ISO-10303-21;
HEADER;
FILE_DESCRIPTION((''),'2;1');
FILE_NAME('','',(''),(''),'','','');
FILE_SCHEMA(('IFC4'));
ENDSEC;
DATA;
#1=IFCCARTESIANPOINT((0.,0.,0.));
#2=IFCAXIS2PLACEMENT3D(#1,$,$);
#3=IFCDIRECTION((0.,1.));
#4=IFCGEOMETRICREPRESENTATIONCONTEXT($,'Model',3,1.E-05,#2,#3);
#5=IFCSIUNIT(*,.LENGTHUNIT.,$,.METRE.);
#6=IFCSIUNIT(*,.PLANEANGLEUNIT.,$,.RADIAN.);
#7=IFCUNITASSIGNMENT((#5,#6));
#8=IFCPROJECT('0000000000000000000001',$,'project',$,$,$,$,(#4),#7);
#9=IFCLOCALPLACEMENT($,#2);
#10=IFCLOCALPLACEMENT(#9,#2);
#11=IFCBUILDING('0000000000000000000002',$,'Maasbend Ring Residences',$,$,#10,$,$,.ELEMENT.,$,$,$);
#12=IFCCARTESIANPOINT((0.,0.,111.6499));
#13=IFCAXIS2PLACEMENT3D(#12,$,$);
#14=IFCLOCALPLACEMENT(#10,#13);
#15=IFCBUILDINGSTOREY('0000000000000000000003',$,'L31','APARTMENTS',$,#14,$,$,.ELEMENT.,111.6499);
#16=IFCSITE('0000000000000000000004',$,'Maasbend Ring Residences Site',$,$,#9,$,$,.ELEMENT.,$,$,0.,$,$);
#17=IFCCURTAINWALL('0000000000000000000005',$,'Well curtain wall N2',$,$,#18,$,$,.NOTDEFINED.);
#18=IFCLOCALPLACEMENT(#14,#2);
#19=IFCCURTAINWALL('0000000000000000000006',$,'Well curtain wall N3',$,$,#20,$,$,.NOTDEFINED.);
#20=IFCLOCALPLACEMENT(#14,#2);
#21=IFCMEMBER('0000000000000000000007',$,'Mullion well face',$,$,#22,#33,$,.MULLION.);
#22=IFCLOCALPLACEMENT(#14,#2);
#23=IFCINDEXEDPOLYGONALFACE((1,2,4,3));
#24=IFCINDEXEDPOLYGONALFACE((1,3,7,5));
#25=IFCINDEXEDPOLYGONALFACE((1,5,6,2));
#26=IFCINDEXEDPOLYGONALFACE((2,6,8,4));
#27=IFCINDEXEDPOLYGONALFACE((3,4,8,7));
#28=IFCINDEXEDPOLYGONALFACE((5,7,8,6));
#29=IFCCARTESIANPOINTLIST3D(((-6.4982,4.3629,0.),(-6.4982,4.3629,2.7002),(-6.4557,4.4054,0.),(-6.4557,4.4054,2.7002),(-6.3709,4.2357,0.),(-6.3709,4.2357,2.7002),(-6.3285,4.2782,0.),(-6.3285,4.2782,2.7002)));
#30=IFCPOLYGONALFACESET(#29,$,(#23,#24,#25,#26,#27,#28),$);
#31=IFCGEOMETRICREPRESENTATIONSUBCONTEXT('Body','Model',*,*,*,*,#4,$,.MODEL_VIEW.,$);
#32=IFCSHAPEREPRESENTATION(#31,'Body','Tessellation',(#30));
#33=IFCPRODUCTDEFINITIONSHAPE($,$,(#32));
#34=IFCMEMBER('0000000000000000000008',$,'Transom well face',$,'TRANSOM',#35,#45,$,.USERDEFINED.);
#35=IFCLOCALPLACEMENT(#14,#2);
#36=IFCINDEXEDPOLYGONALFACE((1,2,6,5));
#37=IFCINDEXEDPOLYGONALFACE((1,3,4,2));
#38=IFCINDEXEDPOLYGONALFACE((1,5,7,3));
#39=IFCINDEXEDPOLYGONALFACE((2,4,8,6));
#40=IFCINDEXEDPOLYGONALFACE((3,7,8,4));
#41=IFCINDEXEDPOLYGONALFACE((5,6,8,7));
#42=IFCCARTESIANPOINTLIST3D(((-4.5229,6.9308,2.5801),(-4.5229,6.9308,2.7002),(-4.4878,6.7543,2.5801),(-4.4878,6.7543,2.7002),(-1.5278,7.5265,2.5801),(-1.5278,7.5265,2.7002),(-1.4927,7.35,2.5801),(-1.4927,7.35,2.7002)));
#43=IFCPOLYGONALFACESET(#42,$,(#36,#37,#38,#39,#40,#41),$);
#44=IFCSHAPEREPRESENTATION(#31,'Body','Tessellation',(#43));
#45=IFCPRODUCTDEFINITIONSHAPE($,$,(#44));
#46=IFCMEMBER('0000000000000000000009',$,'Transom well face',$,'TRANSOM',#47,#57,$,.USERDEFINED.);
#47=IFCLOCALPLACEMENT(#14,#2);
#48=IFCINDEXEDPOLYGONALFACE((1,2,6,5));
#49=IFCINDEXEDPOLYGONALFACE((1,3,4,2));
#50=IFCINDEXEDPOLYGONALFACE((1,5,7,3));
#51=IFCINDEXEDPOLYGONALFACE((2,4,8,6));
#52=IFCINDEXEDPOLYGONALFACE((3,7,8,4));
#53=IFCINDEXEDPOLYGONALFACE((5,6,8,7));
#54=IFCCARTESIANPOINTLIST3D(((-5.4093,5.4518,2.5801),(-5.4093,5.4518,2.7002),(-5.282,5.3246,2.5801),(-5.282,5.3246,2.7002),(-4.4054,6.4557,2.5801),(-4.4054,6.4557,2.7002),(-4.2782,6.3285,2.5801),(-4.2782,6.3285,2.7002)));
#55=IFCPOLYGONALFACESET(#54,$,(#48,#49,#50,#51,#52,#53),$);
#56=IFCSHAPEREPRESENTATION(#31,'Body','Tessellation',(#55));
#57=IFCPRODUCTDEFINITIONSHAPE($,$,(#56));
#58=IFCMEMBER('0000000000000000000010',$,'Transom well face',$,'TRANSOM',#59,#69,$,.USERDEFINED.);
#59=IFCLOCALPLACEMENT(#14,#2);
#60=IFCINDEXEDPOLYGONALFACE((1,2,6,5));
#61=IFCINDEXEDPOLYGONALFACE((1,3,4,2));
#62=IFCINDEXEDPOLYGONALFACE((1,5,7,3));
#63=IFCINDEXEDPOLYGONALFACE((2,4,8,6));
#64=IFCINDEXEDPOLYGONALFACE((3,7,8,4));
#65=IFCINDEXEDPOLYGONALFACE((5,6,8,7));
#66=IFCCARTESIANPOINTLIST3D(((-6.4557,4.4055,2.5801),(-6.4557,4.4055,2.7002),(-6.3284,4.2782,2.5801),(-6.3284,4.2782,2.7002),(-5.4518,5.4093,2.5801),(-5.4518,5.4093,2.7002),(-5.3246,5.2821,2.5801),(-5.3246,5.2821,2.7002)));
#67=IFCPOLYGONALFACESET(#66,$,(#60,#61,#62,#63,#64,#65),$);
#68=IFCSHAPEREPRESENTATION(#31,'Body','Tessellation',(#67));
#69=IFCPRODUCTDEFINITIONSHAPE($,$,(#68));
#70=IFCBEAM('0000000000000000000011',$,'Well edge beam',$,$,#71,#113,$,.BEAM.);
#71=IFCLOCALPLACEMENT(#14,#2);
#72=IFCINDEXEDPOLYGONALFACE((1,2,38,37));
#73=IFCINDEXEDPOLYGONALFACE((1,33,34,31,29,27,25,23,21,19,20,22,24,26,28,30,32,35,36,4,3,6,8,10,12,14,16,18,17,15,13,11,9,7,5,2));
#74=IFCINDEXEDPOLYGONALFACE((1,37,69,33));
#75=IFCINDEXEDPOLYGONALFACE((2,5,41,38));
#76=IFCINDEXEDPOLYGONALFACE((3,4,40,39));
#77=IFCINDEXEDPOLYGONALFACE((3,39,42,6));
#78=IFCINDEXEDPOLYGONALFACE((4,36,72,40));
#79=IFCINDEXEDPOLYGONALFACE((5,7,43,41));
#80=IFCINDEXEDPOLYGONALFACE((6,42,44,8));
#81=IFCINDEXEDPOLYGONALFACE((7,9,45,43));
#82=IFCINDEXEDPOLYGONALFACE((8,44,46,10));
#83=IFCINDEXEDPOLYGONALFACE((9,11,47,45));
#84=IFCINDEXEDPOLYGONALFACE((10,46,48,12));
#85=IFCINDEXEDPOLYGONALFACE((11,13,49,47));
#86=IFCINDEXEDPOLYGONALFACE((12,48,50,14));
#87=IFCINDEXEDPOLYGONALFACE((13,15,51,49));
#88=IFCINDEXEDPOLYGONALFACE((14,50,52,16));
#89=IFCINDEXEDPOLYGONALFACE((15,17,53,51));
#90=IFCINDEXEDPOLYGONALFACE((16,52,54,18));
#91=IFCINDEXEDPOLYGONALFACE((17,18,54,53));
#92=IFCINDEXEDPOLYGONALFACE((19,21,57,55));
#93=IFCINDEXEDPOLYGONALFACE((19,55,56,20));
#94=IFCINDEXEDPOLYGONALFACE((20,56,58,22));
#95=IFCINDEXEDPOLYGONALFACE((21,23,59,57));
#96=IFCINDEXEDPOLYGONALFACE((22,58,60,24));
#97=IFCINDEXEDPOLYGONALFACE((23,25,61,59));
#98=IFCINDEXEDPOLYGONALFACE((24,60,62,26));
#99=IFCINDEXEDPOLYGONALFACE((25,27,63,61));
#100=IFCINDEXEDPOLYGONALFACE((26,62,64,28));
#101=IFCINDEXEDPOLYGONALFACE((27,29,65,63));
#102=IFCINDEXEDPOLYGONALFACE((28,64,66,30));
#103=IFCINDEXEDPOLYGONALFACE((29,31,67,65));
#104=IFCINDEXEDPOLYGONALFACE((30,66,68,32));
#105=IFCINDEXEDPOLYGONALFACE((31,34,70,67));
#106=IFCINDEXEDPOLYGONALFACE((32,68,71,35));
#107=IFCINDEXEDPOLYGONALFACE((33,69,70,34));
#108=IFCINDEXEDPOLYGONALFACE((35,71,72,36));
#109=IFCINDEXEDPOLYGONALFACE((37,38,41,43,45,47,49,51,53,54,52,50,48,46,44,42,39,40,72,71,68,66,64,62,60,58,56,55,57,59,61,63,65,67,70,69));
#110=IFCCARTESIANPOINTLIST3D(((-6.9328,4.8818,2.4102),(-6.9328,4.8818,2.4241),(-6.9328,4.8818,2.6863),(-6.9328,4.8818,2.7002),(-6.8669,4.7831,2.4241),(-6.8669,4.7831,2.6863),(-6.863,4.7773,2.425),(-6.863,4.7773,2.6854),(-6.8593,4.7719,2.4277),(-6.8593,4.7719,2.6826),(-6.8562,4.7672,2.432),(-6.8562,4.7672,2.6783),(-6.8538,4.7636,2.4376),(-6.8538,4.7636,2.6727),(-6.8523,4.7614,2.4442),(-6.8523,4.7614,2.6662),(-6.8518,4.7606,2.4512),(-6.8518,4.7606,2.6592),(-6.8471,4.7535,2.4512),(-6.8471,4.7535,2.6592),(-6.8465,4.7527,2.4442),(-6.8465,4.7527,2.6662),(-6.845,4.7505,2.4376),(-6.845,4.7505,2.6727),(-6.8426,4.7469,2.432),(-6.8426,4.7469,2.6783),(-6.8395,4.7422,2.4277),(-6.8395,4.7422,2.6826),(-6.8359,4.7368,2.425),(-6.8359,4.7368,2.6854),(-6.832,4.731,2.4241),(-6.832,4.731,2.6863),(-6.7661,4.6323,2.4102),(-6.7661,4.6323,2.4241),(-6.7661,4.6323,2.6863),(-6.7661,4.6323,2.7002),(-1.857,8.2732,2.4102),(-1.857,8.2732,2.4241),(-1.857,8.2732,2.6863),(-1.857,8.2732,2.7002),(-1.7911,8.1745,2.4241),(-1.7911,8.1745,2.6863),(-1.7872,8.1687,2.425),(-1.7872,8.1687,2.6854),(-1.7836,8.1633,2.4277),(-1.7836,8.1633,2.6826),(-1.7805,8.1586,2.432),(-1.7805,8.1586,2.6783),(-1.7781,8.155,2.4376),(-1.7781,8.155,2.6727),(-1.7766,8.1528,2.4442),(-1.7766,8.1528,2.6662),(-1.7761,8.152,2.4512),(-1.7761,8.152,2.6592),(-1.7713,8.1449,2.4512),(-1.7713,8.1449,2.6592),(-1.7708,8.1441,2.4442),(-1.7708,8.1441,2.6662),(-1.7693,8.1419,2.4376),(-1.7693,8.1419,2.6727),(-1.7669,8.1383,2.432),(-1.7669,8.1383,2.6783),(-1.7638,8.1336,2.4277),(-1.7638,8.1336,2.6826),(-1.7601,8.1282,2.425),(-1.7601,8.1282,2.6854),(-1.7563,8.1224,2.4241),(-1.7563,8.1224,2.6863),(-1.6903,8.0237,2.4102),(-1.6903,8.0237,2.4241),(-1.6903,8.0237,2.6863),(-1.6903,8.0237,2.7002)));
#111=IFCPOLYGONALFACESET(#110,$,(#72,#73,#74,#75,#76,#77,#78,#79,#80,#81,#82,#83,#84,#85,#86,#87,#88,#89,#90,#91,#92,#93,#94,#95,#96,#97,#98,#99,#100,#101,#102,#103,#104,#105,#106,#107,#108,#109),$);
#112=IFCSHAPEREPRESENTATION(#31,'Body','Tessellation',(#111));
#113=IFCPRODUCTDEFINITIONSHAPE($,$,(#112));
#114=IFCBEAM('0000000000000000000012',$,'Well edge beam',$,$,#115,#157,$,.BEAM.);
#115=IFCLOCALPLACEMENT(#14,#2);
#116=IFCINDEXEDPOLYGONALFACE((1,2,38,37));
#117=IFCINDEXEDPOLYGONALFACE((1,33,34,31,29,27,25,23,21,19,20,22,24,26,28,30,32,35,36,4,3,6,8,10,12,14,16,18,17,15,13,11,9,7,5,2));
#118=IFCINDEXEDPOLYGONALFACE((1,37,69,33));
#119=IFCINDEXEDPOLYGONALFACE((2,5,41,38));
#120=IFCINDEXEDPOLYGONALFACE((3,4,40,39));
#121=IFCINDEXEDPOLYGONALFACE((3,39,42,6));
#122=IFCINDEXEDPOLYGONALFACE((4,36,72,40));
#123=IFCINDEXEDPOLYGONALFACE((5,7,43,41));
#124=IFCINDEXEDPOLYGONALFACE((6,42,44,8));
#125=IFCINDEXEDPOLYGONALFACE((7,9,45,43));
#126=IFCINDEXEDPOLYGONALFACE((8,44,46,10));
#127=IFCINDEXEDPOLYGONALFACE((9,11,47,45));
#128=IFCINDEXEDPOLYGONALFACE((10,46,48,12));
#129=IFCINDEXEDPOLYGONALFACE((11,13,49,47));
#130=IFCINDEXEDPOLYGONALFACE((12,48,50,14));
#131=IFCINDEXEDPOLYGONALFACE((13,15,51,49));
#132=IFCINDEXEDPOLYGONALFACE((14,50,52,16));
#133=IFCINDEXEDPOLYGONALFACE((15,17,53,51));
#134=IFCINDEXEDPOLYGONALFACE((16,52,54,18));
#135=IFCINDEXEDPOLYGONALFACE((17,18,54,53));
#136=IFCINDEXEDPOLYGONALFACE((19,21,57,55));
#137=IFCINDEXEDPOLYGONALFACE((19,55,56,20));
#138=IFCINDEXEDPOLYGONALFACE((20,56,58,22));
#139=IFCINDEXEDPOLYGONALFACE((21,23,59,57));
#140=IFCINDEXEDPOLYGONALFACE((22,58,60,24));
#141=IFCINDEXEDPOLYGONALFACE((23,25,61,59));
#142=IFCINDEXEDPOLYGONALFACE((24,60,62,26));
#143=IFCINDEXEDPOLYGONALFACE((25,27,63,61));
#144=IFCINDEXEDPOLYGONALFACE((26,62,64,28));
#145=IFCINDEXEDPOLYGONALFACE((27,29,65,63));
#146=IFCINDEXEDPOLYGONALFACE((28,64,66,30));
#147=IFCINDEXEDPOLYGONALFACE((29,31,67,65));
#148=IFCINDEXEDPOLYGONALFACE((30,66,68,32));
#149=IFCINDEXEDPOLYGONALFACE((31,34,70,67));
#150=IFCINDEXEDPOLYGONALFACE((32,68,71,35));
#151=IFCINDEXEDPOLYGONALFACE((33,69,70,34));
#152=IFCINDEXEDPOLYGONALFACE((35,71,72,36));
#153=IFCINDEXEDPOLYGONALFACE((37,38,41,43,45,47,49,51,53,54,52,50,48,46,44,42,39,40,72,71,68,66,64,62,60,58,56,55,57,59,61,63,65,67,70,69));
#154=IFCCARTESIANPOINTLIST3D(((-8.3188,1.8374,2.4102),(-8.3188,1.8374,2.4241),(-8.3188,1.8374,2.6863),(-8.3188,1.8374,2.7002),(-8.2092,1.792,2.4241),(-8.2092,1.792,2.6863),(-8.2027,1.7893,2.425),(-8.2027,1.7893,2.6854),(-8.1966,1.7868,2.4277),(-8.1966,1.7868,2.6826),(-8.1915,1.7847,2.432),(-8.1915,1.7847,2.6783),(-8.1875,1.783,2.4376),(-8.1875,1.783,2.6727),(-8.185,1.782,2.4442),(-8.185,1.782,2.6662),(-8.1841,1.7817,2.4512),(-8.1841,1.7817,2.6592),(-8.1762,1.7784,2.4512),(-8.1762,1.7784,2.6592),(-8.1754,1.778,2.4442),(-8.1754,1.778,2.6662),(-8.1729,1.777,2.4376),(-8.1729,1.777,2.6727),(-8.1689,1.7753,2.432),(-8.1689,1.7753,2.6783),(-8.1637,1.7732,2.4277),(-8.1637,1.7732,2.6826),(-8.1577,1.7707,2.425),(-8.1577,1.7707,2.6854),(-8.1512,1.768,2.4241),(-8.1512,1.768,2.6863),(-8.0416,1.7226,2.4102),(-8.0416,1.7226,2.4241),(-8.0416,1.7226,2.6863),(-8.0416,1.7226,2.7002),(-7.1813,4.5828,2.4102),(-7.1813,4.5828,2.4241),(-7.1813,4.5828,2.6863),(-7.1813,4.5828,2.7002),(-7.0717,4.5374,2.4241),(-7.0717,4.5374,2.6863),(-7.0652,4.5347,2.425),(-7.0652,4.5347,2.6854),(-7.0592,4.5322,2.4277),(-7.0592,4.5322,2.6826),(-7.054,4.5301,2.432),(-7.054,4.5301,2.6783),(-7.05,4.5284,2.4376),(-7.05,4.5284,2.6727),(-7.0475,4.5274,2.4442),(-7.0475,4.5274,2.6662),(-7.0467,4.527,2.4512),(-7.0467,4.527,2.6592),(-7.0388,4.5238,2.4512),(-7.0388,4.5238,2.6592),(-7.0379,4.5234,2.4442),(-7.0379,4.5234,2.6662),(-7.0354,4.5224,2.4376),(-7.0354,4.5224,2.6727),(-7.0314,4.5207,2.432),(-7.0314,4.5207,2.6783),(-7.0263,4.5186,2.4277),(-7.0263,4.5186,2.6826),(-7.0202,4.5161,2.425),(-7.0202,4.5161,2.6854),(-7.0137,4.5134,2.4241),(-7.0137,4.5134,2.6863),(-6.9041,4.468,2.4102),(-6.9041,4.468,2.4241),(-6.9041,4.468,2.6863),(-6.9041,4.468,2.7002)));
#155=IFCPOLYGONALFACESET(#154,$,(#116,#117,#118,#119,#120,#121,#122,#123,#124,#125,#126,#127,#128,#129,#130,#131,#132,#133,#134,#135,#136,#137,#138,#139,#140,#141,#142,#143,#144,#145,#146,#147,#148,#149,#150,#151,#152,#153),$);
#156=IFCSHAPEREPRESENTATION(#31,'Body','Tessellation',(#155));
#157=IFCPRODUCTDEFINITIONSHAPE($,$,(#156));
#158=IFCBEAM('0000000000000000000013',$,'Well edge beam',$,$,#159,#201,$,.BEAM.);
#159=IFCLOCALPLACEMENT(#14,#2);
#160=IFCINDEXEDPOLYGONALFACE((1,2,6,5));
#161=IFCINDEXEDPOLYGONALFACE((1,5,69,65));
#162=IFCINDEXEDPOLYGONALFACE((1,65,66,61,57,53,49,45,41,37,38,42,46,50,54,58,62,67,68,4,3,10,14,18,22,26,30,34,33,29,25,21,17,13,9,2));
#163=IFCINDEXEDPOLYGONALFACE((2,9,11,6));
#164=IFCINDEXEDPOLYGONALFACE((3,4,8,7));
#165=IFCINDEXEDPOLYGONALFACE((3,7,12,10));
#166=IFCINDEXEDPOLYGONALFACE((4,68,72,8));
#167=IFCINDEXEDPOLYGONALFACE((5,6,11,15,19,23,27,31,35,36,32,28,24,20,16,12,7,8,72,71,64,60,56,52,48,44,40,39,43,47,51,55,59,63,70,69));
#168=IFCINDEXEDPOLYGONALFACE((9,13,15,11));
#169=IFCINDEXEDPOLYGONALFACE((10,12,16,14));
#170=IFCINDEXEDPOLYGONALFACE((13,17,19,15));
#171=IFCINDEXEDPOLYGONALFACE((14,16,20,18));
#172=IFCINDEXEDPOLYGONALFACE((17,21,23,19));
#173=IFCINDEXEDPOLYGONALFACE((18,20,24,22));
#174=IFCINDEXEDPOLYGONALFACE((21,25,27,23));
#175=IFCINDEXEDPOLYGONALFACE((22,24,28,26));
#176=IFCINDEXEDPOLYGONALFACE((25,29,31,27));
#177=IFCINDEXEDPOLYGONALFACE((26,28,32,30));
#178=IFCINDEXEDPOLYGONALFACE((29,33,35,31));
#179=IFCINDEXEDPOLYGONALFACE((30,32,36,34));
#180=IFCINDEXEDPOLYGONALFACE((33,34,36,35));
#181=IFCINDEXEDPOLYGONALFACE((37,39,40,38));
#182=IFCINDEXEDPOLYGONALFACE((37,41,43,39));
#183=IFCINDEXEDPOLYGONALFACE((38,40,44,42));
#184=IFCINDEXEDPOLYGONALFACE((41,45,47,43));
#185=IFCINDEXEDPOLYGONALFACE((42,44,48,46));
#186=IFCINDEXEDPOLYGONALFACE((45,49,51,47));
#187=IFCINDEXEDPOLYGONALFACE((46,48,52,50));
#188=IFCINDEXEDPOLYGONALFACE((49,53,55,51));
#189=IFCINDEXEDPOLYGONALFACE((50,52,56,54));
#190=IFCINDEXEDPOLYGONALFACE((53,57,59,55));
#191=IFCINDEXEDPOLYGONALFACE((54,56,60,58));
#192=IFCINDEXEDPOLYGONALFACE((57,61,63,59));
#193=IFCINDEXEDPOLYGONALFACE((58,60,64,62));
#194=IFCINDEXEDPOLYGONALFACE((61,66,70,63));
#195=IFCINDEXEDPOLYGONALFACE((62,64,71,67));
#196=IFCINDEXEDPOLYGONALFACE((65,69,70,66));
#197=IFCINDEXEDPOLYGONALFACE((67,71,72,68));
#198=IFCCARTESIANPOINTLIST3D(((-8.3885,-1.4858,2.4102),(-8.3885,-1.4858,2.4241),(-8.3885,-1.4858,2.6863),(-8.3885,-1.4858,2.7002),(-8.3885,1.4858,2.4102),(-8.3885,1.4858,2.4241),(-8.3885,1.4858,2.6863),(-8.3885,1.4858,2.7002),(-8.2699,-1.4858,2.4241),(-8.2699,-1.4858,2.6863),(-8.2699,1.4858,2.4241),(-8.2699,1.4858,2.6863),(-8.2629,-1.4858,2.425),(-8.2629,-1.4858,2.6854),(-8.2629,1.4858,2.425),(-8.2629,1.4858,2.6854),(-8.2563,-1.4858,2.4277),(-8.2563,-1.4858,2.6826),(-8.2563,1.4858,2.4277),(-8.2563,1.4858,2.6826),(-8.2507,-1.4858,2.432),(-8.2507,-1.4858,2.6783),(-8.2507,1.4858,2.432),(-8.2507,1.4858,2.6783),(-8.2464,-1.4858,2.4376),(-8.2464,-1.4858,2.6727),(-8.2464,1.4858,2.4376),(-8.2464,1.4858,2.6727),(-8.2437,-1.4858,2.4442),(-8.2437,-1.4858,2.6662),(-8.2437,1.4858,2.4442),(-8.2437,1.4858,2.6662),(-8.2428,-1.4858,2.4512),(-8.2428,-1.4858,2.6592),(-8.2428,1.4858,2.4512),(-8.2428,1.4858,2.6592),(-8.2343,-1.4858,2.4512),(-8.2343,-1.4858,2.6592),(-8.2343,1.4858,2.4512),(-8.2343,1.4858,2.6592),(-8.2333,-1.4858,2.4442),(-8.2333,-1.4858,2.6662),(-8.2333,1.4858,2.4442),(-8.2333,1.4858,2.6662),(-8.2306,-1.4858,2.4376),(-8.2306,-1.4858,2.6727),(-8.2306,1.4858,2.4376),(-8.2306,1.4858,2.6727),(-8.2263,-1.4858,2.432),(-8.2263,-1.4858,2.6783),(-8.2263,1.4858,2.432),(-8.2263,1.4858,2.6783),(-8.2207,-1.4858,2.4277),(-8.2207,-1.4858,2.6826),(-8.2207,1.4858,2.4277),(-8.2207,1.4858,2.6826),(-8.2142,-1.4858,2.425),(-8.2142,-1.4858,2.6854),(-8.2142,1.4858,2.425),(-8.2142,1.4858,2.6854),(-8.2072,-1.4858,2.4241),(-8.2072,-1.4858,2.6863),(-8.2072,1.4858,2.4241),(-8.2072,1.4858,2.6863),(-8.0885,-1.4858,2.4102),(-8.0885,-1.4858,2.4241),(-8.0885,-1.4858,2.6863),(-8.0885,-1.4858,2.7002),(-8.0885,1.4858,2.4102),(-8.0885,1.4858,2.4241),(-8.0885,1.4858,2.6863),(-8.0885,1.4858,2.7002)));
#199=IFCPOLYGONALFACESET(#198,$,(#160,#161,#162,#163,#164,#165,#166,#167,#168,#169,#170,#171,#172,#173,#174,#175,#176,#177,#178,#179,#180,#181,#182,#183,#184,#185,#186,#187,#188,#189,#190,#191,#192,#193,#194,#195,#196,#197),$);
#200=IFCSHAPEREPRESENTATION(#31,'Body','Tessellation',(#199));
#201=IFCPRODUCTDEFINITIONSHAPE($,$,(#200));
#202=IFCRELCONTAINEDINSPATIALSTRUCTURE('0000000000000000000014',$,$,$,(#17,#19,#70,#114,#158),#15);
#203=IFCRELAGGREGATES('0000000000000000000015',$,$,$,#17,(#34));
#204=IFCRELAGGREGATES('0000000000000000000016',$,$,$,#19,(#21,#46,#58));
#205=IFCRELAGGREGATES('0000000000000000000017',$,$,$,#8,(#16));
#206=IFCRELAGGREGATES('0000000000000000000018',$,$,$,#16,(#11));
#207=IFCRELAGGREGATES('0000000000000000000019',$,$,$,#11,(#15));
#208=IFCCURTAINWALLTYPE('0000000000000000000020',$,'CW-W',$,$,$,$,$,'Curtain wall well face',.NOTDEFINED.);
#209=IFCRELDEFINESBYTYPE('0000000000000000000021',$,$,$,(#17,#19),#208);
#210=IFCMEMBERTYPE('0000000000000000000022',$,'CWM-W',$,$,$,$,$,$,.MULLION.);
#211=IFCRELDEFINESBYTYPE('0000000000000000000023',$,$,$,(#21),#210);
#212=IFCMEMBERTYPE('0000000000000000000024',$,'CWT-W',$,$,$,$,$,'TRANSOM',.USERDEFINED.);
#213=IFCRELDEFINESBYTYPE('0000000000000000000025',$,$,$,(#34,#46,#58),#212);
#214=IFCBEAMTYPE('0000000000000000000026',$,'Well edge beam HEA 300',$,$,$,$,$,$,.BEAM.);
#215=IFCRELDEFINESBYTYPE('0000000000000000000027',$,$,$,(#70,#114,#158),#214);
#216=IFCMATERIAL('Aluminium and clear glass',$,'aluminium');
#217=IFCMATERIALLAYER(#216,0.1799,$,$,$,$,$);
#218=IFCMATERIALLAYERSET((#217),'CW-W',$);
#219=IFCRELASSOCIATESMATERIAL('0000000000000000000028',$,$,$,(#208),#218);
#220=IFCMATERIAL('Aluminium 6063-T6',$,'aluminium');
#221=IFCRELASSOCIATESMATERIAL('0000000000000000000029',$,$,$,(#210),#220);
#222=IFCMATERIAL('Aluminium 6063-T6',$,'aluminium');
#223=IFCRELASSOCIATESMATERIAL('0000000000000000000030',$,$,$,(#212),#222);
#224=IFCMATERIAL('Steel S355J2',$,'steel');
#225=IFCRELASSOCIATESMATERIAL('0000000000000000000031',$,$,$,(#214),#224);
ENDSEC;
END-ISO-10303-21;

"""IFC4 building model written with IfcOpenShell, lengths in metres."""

from ifc_helpers import new_model, si_unit, direction, frame, origin, origin_2d, place, context, subcontext, project, spatial, rectangle, i_section, extrude, material, layer, layer_set, material_profile, profile_set, type_object, element, aggregate, save


model = new_model("IFC4")

# Units and contexts
model_context = context("Model", 3, precision=1e-05, world=origin(), true_north=direction((0.0, 1.0)))
body_context = subcontext(model_context, "Body", "Model", "MODEL_VIEW")
ifc_project = project(units=[si_unit("LENGTHUNIT", "METRE"), si_unit("PLANEANGLEUNIT", "RADIAN")], contexts=[model_context])

# Site, building, storey
site_placement = place(None, origin())
site = spatial("IfcSite", under=ifc_project, at=site_placement, Name="Maasbend Ring Residences Site", CompositionType="ELEMENT", RefElevation=0.0)
building_placement = place(site_placement, origin())
building = spatial("IfcBuilding", under=site, at=building_placement, Name="Maasbend Ring Residences", CompositionType="ELEMENT")
storey_placement = place(building_placement, frame((0.0, 0.0, 111.6499)))
storey = spatial("IfcBuildingStorey", under=building, at=storey_placement, Name="L31", Description="APARTMENTS", CompositionType="ELEMENT", Elevation=111.6499)

# Curtain walls, member
ifc_material_1 = material(Name="Aluminium and clear glass", Category="aluminium")
ifc_layer_1 = layer(ifc_material_1, 0.1799)
ifc_layer_set_1 = layer_set([ifc_layer_1], Name="CW-W")
curtain_wall_type = type_object("IfcCurtainWallType", Name="CW-W", ElementType="Curtain wall well face", PredefinedType="NOTDEFINED", material=ifc_layer_set_1)
curtain_wall_1_placement = place(storey_placement, origin())
curtain_wall_1 = element("IfcCurtainWall", 1, at=curtain_wall_1_placement, inside=storey, type_object=curtain_wall_type, Name="Well curtain wall N2", PredefinedType="NOTDEFINED")
ifc_material_2 = material(Name="Aluminium 6063-T6", Category="aluminium")
ifc_material_profile_1 = material_profile(ifc_material_2, rectangle(XDim=0.1799, YDim=0.0601, at=origin_2d()), Name="AL 180x60")
ifc_profile_set_1 = profile_set([ifc_material_profile_1], Name="Aluminium 6063-T6")
member_type_1 = type_object("IfcMemberType", Name="CWM-W", PredefinedType="MULLION", material=ifc_profile_set_1)
curtain_wall_2_placement = place(storey_placement, origin())
curtain_wall_2 = element("IfcCurtainWall", 2, at=curtain_wall_2_placement, inside=storey, type_object=curtain_wall_type, Name="Well curtain wall N3", PredefinedType="NOTDEFINED")
member_1_placement = place(storey_placement, frame((-6.4133, 4.3206, 0.0), z_axis=(0.0, 0.0, 1.0), x_axis=(0.707107, -0.707107, 0.0)))
member_1 = element("IfcMember", 3, at=member_1_placement, type_object=member_type_1, Name="Mullion well face", PredefinedType="MULLION", context=body_context, shape_type="SweptSolid", body=[
    extrude(rectangle(XDim=0.1799, YDim=0.0601, at=origin_2d()), origin(), (0.0, 0.0, 1.0), 2.7002),
])

# Members
ifc_material_3 = material(Name="Aluminium 6063-T6", Category="aluminium")
ifc_material_profile_2 = material_profile(ifc_material_3, rectangle(XDim=0.1799, YDim=0.1201, at=origin_2d()), Name="AL 180x120")
ifc_profile_set_2 = profile_set([ifc_material_profile_2], Name="Aluminium 6063-T6")
member_type_2 = type_object("IfcMemberType", Name="CWT-W", ElementType="TRANSOM", PredefinedType="USERDEFINED", material=ifc_profile_set_2)
member_2_placement = place(storey_placement, frame((-1.5103, 7.4382, 2.6401), z_axis=(-0.980789, -0.195071, 0.0), x_axis=(0.195071, -0.980789, 0.0)))
member_2 = element("IfcMember", 4, at=member_2_placement, type_object=member_type_2, Name="Transom well face", ObjectType="TRANSOM", PredefinedType="USERDEFINED", context=body_context, shape_type="SweptSolid", body=[
    extrude(rectangle(XDim=0.1799, YDim=0.1201, at=origin_2d()), origin(), (0.0, 0.0, 1.0), 3.0537),
])
member_3_placement = place(storey_placement, frame((-4.3418, 6.3921, 2.6401), z_axis=(-0.707107, -0.707107, 0.0), x_axis=(0.707107, -0.707107, 0.0)))
member_3 = element("IfcMember", 5, at=member_3_placement, type_object=member_type_2, Name="Transom well face", ObjectType="TRANSOM", PredefinedType="USERDEFINED", context=body_context, shape_type="SweptSolid", body=[
    extrude(rectangle(XDim=0.1799, YDim=0.1201, at=origin_2d()), origin(), (0.0, 0.0, 1.0), 1.4197),
])
member_4_placement = place(storey_placement, frame((-5.3882, 5.3457, 2.6401), z_axis=(-0.707107, -0.707107, 0.0), x_axis=(0.707107, -0.707107, 0.0)))
member_4 = element("IfcMember", 6, at=member_4_placement, type_object=member_type_2, Name="Transom well face", ObjectType="TRANSOM", PredefinedType="USERDEFINED", context=body_context, shape_type="SweptSolid", body=[
    extrude(rectangle(XDim=0.1799, YDim=0.1201, at=origin_2d()), origin(), (0.0, 0.0, 1.0), 1.4197),
])

# Beams
ifc_material_4 = material(Name="Steel S355J2", Category="steel")
ifc_material_profile_3 = material_profile(ifc_material_4, i_section(OverallWidth=0.3, OverallDepth=0.29, WebThickness=0.0085, FlangeThickness=0.0139, FilletRadius=0.0271, at=origin_2d()), Name="HEA 300")
ifc_profile_set_3 = profile_set([ifc_material_profile_3], Name="Steel S355J2")
beam_type = type_object("IfcBeamType", Name="Well edge beam HEA 300", PredefinedType="BEAM", material=ifc_profile_set_3)
beam_placement = place(storey_placement, frame((-1.7737, 8.1484, 2.5552), z_axis=(-0.831478, -0.555558, 0.0), x_axis=(0.555558, -0.831478, 0.0)))
element("IfcBeam", 7, at=beam_placement, inside=storey, type_object=beam_type, Name="Well edge beam", PredefinedType="BEAM", context=body_context, shape_type="SweptSolid", body=[
    extrude(i_section(OverallWidth=0.3, OverallDepth=0.29, WebThickness=0.0085, FlangeThickness=0.0139, FilletRadius=0.0271, at=origin_2d()), origin(), (0.0, 0.0, 1.0), 6.1045),
])
for number, where, z_axis, x_axis, name in (
    (8, (-7.0427, 4.5254, 2.5552), (-0.382765, -0.923846, 0.0), (0.923846, -0.382765, 0.0), "Well edge beam"),
    (9, (-8.2385, 1.4858, 2.5552), (0.0, -1.0, 0.0), (1.0, 0.0, 0.0), "Well edge beam"),
):
    element("IfcBeam", number, at=place(storey_placement, frame(where, z_axis=z_axis, x_axis=x_axis)), inside=storey, type_object=beam_type, Name=name, PredefinedType="BEAM", context=body_context, shape_type="SweptSolid", body=[
        extrude(i_section(OverallWidth=0.3, OverallDepth=0.29, WebThickness=0.0085, FlangeThickness=0.0139, FilletRadius=0.0271, at=origin_2d()), origin(), (0.0, 0.0, 1.0), 2.9717),
    ])

aggregate(curtain_wall_1, [member_2])
aggregate(curtain_wall_2, [member_1, member_3, member_4])

save(model, "model.ifc")
